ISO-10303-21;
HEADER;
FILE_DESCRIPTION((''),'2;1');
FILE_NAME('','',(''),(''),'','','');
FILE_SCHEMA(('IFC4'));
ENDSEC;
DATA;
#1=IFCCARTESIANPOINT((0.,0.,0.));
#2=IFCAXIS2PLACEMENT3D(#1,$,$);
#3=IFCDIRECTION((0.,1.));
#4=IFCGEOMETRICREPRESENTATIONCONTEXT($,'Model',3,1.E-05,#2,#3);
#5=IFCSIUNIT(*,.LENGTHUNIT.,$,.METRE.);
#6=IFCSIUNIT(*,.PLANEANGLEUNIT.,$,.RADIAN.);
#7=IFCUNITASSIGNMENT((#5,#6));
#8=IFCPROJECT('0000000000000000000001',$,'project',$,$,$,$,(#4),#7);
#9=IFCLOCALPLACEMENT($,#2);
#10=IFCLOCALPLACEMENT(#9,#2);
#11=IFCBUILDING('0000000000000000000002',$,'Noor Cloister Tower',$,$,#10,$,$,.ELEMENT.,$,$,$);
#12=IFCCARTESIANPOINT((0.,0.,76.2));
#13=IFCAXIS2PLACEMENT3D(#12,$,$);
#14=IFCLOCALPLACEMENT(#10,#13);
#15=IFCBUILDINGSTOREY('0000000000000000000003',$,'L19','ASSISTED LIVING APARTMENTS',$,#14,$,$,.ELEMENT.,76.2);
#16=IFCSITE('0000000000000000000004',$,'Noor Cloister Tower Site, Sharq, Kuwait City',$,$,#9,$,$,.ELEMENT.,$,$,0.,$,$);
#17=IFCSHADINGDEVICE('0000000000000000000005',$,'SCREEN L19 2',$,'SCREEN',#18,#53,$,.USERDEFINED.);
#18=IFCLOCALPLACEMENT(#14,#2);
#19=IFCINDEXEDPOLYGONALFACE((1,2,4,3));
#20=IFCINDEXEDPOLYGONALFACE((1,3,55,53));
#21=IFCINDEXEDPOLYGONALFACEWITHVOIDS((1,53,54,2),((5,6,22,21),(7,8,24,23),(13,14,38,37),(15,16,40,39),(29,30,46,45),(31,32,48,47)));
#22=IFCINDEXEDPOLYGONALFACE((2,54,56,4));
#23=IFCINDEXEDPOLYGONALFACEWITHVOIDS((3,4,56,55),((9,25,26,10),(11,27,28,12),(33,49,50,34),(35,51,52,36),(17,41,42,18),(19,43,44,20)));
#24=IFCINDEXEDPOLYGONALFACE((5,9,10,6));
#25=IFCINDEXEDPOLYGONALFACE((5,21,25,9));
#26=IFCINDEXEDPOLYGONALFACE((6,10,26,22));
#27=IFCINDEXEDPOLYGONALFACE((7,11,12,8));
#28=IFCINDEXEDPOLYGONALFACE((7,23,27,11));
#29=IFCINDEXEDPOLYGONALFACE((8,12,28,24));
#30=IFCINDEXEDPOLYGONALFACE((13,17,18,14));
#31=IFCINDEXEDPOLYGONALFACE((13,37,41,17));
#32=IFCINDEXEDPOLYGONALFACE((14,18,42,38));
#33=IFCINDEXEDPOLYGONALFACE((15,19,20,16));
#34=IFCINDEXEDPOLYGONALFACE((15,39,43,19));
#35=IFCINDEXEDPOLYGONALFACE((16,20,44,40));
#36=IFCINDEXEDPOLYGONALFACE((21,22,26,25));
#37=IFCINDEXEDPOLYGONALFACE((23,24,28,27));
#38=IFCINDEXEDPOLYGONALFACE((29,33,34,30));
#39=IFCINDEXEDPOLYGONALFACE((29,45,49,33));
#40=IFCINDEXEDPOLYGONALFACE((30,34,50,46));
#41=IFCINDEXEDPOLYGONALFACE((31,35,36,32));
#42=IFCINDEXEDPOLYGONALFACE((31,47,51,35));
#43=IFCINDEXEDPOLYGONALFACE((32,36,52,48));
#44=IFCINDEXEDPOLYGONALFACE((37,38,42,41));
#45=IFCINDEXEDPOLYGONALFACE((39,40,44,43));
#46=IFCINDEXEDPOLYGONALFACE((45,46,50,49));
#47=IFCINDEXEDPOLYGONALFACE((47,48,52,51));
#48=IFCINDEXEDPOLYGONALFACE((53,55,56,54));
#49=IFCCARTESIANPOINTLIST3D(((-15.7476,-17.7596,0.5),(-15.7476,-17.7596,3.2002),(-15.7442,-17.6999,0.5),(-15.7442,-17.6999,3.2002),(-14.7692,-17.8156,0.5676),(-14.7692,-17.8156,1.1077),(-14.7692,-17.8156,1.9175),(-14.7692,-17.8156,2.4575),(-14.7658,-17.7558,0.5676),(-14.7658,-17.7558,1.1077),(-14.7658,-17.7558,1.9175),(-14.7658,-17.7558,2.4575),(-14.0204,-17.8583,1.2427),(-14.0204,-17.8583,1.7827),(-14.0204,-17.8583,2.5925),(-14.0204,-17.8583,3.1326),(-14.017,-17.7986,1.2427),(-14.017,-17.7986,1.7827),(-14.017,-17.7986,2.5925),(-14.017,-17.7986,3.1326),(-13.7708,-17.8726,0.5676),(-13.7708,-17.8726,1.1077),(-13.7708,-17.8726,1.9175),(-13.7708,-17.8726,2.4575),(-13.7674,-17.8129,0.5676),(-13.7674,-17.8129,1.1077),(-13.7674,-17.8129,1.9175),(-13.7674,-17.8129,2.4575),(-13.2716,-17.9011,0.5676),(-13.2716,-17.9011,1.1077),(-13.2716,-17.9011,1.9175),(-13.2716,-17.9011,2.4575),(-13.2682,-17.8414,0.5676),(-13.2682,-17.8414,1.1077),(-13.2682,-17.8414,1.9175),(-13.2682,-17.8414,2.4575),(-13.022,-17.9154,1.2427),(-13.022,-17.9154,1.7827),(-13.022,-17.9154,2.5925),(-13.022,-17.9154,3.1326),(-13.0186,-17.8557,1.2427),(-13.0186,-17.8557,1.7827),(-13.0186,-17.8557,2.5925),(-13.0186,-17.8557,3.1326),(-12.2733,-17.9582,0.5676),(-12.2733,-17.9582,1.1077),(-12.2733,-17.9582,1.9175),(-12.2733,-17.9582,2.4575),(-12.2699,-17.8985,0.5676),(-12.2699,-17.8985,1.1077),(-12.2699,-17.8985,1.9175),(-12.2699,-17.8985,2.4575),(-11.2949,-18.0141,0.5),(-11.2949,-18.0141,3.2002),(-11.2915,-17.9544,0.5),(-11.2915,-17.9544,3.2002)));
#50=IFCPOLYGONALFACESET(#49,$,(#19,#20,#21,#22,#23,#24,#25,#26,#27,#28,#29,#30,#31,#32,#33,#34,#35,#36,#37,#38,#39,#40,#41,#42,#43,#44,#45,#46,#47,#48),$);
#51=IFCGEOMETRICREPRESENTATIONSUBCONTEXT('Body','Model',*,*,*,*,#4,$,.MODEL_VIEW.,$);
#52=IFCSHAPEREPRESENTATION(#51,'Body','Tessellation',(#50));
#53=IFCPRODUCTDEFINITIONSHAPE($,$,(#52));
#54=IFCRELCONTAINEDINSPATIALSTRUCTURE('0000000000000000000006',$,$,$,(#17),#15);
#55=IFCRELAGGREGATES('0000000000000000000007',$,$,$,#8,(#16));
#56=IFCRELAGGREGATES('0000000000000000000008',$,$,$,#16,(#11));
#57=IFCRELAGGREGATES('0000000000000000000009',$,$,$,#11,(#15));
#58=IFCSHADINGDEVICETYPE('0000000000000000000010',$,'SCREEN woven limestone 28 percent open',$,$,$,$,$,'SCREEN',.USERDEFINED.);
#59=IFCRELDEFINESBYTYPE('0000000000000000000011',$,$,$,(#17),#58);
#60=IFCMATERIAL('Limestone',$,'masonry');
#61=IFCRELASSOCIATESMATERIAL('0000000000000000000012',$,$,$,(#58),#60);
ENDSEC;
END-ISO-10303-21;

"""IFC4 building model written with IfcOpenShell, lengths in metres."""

from ifc_helpers import new_model, si_unit, direction, frame, origin, place, context, subcontext, project, spatial, polyline, outline, extrude, material, material_profile, profile_set, type_object, element, save


model = new_model("IFC4")

# Units and contexts
model_context = context("Model", 3, precision=1e-05, world=origin(), true_north=direction((0.0, 1.0)))
body_context = subcontext(model_context, "Body", "Model", "MODEL_VIEW")
ifc_project = project(units=[si_unit("LENGTHUNIT", "METRE"), si_unit("PLANEANGLEUNIT", "RADIAN")], contexts=[model_context])

# Site, building, storey
site_placement = place(None, origin())
site = spatial("IfcSite", under=ifc_project, at=site_placement, Name="Noor Cloister Tower Site, Sharq, Kuwait City", CompositionType="ELEMENT", RefElevation=0.0)
building_placement = place(site_placement, origin())
building = spatial("IfcBuilding", under=site, at=building_placement, Name="Noor Cloister Tower", CompositionType="ELEMENT")
storey_placement = place(building_placement, frame((0.0, 0.0, 76.2)))
storey = spatial("IfcBuildingStorey", under=building, at=storey_placement, Name="L19", Description="ASSISTED LIVING APARTMENTS", CompositionType="ELEMENT", Elevation=76.2)

# Shading device
ifc_material_1 = material(Name="Limestone", Category="masonry")
ifc_material_profile_1 = material_profile(ifc_material_1, outline(polyline([(-2.23, -1.3501), (2.23, -1.3501), (2.23, 1.3501), (-2.23, 1.3501), (-2.23, -1.3501)]), holes=[polyline([(-1.25, -1.2825), (-0.25, -1.2825), (-0.25, -0.7424), (-1.25, -0.7424), (-1.25, -1.2825)]), polyline([(0.25, -1.2825), (1.25, -1.2825), (1.25, -0.7424), (0.25, -0.7424), (0.25, -1.2825)]), polyline([(-0.5, -0.6074), (0.5, -0.6074), (0.5, -0.0674), (-0.5, -0.0674), (-0.5, -0.6074)]), polyline([(-1.25, 0.0674), (-0.25, 0.0674), (-0.25, 0.6074), (-1.25, 0.6074), (-1.25, 0.0674)]), polyline([(0.25, 0.0674), (1.25, 0.0674), (1.25, 0.6074), (0.25, 0.6074), (0.25, 0.0674)]), polyline([(-0.5, 0.7424), (0.5, 0.7424), (0.5, 1.2825), (-0.5, 1.2825), (-0.5, 0.7424)])]), Name="Woven screen 28 percent open")
ifc_profile_set_1 = profile_set([ifc_material_profile_1], Name="Limestone")
shading_device_type = type_object("IfcShadingDeviceType", Name="SCREEN woven limestone 28 percent open", ElementType="SCREEN", PredefinedType="USERDEFINED", material=ifc_profile_set_1)
shading_device_1_placement = place(storey_placement, frame((-13.5178, -17.8271, 1.8501), z_axis=(-0.05705, -0.998371, 0.0), x_axis=(0.998371, -0.05705, 0.0)))
element("IfcShadingDevice", 1, at=shading_device_1_placement, inside=storey, type_object=shading_device_type, Name="SCREEN L19 2", ObjectType="SCREEN", PredefinedType="USERDEFINED", context=body_context, shape_type="SweptSolid", body=[
    extrude(outline(polyline([(-2.23, -1.3501), (2.23, -1.3501), (2.23, 1.3501), (-2.23, 1.3501), (-2.23, -1.3501)]), holes=[polyline([(-1.25, -1.2825), (-0.25, -1.2825), (-0.25, -0.7424), (-1.25, -0.7424), (-1.25, -1.2825)]), polyline([(0.25, -1.2825), (1.25, -1.2825), (1.25, -0.7424), (0.25, -0.7424), (0.25, -1.2825)]), polyline([(-0.5, -0.6074), (0.5, -0.6074), (0.5, -0.0674), (-0.5, -0.0674), (-0.5, -0.6074)]), polyline([(-1.25, 0.0674), (-0.25, 0.0674), (-0.25, 0.6074), (-1.25, 0.6074), (-1.25, 0.0674)]), polyline([(0.25, 0.0674), (1.25, 0.0674), (1.25, 0.6074), (0.25, 0.6074), (0.25, 0.0674)]), polyline([(-0.5, 0.7424), (0.5, 0.7424), (0.5, 1.2825), (-0.5, 1.2825), (-0.5, 0.7424)])]), origin(), (0.0, 0.0, 1.0), 0.0598),
])

save(model, "model.ifc")
